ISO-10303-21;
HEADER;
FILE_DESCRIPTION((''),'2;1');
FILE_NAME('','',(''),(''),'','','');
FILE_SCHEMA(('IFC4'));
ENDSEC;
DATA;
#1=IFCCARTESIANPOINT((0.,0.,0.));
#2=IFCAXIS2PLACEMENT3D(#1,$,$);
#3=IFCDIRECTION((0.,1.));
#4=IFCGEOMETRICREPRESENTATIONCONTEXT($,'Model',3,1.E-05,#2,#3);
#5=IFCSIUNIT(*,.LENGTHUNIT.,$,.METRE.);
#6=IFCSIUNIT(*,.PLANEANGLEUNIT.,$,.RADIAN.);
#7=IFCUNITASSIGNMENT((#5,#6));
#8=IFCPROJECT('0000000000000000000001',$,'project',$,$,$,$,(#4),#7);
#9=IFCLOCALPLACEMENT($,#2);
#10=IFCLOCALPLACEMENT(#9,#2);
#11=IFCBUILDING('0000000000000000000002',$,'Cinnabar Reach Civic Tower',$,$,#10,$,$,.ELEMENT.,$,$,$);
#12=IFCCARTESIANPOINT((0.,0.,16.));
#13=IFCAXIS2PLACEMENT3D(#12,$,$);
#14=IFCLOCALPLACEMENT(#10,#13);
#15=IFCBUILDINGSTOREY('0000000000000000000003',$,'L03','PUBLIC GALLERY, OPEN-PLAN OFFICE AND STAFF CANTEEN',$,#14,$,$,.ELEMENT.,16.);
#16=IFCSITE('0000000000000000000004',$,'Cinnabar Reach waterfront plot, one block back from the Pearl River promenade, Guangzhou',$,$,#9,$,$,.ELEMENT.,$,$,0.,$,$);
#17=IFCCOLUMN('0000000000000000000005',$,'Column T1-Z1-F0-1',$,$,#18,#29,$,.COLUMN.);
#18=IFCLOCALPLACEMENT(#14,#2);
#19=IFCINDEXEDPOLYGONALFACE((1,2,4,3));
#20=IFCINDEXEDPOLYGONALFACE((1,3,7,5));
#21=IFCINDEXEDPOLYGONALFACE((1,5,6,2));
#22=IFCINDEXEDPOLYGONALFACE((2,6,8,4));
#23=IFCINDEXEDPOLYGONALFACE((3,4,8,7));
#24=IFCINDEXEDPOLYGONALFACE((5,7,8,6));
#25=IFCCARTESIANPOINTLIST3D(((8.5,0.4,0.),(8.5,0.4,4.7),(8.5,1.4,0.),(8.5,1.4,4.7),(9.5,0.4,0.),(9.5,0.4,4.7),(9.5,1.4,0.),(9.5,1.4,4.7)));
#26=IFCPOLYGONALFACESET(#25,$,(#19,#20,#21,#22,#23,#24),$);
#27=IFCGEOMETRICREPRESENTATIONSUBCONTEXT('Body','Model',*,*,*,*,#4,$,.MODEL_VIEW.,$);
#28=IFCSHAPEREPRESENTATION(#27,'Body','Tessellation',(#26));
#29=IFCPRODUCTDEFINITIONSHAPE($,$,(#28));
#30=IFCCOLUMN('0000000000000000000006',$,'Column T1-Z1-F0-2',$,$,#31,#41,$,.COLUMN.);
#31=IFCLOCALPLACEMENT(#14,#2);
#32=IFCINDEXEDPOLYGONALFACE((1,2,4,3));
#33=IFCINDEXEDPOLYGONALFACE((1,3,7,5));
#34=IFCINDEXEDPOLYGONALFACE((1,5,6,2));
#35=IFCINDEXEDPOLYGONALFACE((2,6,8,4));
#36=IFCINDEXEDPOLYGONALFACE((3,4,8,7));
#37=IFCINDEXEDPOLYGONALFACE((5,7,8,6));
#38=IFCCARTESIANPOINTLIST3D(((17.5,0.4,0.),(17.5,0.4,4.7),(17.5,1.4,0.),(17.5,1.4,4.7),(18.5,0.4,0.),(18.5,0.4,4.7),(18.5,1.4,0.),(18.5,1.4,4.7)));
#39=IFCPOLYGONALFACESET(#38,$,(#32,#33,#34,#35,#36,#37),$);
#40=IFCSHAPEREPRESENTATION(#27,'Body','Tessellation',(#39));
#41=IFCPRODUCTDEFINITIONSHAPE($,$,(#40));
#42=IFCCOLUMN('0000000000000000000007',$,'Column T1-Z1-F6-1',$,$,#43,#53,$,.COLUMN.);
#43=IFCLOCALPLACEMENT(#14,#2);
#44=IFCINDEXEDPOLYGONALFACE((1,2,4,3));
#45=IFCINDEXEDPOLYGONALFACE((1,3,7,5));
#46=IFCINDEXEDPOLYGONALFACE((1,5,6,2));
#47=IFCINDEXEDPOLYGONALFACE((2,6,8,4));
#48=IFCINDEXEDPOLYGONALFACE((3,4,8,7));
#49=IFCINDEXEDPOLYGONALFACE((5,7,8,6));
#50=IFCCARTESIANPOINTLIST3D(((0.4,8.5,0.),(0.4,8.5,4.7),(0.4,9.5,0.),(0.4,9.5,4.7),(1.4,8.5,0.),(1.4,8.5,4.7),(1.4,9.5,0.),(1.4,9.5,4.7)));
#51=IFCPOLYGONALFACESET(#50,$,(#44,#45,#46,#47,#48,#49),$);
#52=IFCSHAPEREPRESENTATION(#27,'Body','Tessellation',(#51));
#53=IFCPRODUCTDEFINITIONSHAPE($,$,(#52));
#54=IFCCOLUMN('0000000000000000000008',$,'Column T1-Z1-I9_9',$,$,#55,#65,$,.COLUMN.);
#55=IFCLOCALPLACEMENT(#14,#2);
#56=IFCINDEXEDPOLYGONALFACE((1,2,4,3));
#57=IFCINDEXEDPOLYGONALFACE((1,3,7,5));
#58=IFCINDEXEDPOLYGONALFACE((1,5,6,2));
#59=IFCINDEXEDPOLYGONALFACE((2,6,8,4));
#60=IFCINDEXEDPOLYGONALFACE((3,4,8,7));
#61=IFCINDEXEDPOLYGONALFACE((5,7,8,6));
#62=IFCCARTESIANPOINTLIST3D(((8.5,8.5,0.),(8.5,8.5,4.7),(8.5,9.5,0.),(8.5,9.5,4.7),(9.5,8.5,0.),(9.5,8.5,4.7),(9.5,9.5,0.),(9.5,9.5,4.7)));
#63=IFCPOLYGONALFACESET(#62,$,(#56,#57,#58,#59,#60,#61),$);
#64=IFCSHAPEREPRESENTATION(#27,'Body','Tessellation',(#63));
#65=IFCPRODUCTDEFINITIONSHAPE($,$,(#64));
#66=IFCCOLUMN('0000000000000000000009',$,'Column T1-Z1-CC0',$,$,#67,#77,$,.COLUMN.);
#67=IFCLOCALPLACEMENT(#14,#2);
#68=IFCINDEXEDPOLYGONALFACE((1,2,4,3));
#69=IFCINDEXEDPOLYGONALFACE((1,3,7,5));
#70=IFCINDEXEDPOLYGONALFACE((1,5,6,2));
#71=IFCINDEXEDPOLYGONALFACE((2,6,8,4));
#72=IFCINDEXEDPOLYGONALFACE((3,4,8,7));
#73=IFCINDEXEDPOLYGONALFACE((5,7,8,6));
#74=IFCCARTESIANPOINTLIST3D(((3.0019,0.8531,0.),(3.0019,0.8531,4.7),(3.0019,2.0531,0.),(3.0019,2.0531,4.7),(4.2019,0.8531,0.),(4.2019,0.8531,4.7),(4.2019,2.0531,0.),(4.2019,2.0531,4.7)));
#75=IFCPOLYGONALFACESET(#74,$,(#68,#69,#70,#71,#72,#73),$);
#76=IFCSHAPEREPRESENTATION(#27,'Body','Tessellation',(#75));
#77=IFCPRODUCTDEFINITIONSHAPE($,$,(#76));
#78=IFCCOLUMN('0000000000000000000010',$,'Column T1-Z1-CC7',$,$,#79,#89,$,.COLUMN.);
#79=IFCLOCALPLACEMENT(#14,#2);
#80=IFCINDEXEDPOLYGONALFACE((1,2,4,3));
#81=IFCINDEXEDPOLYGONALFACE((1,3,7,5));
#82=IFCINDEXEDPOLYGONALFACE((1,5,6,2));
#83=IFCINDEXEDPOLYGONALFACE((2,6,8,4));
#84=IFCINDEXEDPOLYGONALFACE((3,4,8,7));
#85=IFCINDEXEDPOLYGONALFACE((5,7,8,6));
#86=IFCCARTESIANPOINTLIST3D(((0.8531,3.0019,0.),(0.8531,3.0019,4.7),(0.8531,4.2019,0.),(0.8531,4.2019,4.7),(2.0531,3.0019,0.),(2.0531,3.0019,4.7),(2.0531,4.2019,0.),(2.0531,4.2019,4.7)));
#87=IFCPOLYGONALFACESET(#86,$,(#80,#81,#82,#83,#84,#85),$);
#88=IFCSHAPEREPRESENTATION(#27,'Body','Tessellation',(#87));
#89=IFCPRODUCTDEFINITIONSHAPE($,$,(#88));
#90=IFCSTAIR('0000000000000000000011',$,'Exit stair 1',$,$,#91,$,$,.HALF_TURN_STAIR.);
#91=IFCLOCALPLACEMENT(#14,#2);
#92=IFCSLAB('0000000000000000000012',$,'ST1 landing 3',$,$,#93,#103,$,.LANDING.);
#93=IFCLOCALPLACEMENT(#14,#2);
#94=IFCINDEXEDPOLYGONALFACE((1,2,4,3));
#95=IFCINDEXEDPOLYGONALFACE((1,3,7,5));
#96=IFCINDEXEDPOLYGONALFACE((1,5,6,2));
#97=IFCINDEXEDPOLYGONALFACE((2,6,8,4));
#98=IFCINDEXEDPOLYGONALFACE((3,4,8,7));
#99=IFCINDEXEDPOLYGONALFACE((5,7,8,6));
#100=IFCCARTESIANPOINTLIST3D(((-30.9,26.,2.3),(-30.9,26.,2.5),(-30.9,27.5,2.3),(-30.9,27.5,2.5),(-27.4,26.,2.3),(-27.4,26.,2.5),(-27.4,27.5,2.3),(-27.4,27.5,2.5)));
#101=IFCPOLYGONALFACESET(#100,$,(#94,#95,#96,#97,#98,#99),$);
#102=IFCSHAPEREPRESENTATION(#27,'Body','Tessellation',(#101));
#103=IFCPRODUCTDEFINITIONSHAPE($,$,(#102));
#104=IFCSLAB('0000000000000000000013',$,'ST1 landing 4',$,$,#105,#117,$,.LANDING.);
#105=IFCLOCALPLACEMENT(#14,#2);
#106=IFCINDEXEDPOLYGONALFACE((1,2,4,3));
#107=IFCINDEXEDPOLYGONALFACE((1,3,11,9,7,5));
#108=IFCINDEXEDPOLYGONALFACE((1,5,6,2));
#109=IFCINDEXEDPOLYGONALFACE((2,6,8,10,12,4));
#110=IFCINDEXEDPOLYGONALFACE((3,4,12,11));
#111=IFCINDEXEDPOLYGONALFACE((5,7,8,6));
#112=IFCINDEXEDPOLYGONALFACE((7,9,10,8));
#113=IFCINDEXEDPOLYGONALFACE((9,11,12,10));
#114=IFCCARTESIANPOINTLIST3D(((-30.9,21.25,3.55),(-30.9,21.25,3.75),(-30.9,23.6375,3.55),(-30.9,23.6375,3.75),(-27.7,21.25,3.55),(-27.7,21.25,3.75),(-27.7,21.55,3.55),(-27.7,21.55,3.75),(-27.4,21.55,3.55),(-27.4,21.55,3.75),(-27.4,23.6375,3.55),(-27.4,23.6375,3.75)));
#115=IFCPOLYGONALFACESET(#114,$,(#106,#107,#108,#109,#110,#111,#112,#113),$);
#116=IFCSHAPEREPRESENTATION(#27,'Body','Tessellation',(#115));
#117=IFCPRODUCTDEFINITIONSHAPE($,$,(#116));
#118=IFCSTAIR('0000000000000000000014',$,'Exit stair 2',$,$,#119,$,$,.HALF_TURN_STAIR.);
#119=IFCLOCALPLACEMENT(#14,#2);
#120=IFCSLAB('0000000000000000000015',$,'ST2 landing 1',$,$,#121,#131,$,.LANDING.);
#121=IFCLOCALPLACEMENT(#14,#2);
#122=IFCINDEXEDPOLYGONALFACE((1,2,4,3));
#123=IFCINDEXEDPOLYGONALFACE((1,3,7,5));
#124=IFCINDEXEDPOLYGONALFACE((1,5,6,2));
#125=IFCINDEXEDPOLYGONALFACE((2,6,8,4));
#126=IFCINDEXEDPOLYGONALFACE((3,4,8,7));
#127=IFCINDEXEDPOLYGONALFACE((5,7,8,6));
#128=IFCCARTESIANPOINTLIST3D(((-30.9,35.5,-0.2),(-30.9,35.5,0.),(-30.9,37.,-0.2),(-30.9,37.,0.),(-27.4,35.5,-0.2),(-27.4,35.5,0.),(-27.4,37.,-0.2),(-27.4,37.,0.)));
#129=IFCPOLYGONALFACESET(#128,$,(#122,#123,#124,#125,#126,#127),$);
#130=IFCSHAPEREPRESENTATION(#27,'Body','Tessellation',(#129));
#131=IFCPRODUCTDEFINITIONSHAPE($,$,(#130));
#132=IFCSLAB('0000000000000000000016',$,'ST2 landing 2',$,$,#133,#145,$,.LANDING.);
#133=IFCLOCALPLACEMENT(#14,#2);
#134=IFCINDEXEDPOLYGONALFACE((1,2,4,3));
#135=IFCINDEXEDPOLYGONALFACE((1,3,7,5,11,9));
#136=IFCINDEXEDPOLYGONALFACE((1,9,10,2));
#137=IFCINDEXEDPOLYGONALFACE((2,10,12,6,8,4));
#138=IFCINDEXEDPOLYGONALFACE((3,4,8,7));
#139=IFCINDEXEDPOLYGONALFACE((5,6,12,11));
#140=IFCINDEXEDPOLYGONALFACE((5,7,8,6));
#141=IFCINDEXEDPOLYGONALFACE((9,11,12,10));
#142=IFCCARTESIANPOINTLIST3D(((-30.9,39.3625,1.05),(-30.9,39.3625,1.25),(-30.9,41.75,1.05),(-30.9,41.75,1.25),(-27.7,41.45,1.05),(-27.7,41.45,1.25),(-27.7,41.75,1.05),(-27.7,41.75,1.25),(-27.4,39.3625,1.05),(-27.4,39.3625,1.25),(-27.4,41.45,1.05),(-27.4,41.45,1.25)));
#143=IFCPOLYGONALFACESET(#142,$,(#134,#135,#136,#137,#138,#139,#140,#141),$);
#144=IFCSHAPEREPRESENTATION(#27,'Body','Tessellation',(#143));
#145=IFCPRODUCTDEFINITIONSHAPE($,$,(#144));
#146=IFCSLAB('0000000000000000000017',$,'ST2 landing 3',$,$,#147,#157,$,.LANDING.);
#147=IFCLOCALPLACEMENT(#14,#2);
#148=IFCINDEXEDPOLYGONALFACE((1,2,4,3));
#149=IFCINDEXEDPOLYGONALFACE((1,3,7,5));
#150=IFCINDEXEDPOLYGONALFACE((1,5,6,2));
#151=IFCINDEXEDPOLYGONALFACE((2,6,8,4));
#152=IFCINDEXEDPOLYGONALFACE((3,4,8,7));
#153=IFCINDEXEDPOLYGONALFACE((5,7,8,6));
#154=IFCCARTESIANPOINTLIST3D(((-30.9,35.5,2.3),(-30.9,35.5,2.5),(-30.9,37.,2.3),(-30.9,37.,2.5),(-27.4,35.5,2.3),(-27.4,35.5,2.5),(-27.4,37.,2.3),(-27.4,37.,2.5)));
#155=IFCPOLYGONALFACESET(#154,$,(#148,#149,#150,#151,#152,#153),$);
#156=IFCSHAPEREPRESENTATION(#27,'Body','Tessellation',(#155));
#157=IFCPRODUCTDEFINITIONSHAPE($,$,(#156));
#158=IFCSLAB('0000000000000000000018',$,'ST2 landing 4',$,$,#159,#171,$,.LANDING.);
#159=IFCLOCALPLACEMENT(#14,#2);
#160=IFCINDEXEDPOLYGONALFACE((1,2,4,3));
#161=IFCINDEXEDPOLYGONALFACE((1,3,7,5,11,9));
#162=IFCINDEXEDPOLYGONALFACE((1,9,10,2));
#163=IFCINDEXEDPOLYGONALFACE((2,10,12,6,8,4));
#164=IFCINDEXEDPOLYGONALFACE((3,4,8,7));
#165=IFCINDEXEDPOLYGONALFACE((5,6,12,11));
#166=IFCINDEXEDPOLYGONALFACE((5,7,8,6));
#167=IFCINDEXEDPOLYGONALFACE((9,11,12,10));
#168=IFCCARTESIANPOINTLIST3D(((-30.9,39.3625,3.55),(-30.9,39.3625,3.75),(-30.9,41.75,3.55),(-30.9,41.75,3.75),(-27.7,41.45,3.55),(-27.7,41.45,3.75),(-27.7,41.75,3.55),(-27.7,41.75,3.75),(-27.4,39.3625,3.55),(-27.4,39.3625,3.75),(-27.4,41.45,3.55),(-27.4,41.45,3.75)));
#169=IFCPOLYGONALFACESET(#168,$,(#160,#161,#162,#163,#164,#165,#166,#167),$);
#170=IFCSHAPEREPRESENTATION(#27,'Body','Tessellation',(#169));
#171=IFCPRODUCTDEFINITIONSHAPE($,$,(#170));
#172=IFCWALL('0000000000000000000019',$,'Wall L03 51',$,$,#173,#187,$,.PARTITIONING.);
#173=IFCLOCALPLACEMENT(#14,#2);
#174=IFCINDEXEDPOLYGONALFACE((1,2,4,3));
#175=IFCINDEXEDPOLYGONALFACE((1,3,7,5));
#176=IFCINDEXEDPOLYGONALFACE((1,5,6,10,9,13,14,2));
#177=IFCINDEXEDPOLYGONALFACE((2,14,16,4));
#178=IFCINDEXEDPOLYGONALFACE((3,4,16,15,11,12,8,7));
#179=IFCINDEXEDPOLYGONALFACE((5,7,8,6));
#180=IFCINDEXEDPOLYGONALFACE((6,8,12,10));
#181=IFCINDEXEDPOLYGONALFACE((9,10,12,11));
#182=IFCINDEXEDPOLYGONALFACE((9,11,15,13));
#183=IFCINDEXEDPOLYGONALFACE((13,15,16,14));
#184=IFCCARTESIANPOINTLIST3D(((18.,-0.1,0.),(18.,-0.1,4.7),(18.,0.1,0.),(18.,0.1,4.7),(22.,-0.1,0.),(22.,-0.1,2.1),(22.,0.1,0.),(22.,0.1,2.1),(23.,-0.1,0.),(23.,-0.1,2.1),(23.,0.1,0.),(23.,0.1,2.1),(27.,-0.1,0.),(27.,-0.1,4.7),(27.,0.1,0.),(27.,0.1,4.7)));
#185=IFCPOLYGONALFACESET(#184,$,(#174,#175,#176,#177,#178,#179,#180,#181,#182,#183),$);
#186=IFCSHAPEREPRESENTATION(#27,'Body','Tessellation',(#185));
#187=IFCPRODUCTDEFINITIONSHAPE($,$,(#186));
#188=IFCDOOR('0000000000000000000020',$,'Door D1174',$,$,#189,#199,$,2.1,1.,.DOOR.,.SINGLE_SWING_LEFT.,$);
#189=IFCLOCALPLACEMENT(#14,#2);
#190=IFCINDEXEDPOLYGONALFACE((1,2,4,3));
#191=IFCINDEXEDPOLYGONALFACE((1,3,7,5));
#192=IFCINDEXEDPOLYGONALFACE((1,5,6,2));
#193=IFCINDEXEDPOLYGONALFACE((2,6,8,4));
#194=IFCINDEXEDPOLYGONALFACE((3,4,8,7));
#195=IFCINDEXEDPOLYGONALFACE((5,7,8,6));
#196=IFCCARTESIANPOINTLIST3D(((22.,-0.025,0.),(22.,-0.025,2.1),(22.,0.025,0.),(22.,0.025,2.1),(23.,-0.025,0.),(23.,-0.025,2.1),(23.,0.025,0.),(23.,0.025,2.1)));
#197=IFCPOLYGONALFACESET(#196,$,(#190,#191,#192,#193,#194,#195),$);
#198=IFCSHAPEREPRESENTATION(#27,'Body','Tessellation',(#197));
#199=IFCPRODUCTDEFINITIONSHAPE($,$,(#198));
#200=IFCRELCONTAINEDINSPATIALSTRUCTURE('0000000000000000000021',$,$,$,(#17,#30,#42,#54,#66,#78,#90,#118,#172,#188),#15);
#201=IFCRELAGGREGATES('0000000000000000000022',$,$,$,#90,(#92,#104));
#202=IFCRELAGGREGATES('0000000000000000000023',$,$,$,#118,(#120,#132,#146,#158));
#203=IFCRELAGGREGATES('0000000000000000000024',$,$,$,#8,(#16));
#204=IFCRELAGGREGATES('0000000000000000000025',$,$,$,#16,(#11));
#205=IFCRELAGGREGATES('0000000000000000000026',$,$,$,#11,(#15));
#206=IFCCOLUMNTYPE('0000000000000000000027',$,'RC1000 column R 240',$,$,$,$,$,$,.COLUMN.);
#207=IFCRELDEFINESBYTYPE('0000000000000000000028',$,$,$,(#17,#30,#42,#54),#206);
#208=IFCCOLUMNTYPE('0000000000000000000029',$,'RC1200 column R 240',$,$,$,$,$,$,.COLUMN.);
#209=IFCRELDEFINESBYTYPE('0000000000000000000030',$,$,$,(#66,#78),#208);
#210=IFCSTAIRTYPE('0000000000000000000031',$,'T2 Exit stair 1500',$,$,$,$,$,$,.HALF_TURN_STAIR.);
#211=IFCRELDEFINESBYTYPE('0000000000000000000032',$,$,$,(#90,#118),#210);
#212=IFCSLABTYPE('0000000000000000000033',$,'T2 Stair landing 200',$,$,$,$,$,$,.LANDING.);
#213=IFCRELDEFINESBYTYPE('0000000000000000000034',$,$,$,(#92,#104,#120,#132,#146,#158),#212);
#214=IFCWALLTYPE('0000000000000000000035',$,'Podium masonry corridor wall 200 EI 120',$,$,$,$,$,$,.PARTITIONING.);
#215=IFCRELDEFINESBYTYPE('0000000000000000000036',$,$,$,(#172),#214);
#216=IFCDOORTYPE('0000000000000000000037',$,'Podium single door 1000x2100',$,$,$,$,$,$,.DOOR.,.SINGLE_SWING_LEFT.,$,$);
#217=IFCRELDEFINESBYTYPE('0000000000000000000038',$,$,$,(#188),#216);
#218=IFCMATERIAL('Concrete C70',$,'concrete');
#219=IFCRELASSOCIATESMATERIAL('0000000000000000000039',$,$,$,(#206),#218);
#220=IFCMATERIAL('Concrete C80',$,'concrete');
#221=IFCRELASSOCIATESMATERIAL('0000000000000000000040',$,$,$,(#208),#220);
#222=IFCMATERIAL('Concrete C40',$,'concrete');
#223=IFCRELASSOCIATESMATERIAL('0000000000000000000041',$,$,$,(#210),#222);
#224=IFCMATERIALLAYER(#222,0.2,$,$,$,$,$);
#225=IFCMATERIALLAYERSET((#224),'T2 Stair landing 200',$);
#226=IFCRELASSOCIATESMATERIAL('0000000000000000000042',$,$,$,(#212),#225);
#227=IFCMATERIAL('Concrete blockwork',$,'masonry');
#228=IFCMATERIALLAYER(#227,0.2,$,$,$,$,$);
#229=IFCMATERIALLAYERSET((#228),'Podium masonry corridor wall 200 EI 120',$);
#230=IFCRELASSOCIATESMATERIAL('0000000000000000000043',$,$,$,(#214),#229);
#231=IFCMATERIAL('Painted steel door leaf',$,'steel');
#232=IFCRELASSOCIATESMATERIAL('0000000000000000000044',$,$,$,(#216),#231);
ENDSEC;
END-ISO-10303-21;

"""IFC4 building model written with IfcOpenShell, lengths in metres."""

from ifc_helpers import new_model, si_unit, direction, frame, frame_2d, origin, origin_2d, place, context, subcontext, project, spatial, polyline, rectangle, outline, extrude, material, layer, layer_set, material_profile, profile_set, type_object, element, fill, aggregate, save


model = new_model("IFC4")

# Units and contexts
model_context = context("Model", 3, precision=1e-05, world=origin(), true_north=direction((0.0, 1.0)))
body_context = subcontext(model_context, "Body", "Model", "MODEL_VIEW")
ifc_project = project(units=[si_unit("LENGTHUNIT", "METRE"), si_unit("PLANEANGLEUNIT", "RADIAN")], contexts=[model_context])

# Site, building, storey
site_placement = place(None, origin())
site = spatial("IfcSite", under=ifc_project, at=site_placement, Name="Cinnabar Reach waterfront plot, one block back from the Pearl River promenade, Guangzhou", CompositionType="ELEMENT", RefElevation=0.0)
building_placement = place(site_placement, origin())
building = spatial("IfcBuilding", under=site, at=building_placement, Name="Cinnabar Reach Civic Tower", CompositionType="ELEMENT")
storey_placement = place(building_placement, frame((0.0, 0.0, 16.0)))
storey = spatial("IfcBuildingStorey", under=building, at=storey_placement, Name="L03", Description="PUBLIC GALLERY, OPEN-PLAN OFFICE AND STAFF CANTEEN", CompositionType="ELEMENT", Elevation=16.0)

# Columns
ifc_material_1 = material(Name="Concrete C70", Category="concrete")
ifc_material_profile_1 = material_profile(ifc_material_1, rectangle(XDim=1.0, YDim=1.0, at=origin_2d()), Name="RC1000")
ifc_profile_set_1 = profile_set([ifc_material_profile_1], Name="Concrete C70")
column_type_1 = type_object("IfcColumnType", Name="RC1000 column R 240", PredefinedType="COLUMN", material=ifc_profile_set_1)
for number, where, z_axis, x_axis, name in (
    (1, (9.0, 0.9, 0.0), (0.0, 0.0, 1.0), (1.0, 0.0, 0.0), "Column T1-Z1-F0-1"),
    (2, (18.0, 0.9, 0.0), (0.0, 0.0, 1.0), (1.0, 0.0, 0.0), "Column T1-Z1-F0-2"),
    (3, (0.9, 9.0, 0.0), (0.0, 0.0, 1.0), (1.0, 0.0, 0.0), "Column T1-Z1-F6-1"),
    (4, (9.0, 9.0, 0.0), (0.0, 0.0, 1.0), (1.0, 0.0, 0.0), "Column T1-Z1-I9_9"),
):
    element("IfcColumn", number, at=place(storey_placement, frame(where, z_axis=z_axis, x_axis=x_axis)), inside=storey, type_object=column_type_1, Name=name, PredefinedType="COLUMN", context=body_context, shape_type="SweptSolid", body=[
        extrude(rectangle(XDim=1.0, YDim=1.0, at=origin_2d()), origin(), (0.0, 0.0, 1.0), 4.7),
    ])
ifc_material_2 = material(Name="Concrete C80", Category="concrete")
ifc_material_profile_2 = material_profile(ifc_material_2, rectangle(XDim=1.2, YDim=1.2, at=origin_2d()), Name="RC1200")
ifc_profile_set_2 = profile_set([ifc_material_profile_2], Name="Concrete C80")
column_type_2 = type_object("IfcColumnType", Name="RC1200 column R 240", PredefinedType="COLUMN", material=ifc_profile_set_2)
for number, where, z_axis, x_axis, name in (
    (5, (3.6019, 1.4531, 0.0), (0.0, 0.0, 1.0), (1.0, 0.0, 0.0), "Column T1-Z1-CC0"),
    (6, (1.4531, 3.6019, 0.0), (0.0, 0.0, 1.0), (1.0, 0.0, 0.0), "Column T1-Z1-CC7"),
):
    element("IfcColumn", number, at=place(storey_placement, frame(where, z_axis=z_axis, x_axis=x_axis)), inside=storey, type_object=column_type_2, Name=name, PredefinedType="COLUMN", context=body_context, shape_type="SweptSolid", body=[
        extrude(rectangle(XDim=1.2, YDim=1.2, at=origin_2d()), origin(), (0.0, 0.0, 1.0), 4.7),
    ])

# Stairs, slabs
ifc_material_3 = material(Name="Concrete C40", Category="concrete")
stair_type = type_object("IfcStairType", Name="T2 Exit stair 1500", PredefinedType="HALF_TURN_STAIR", material=ifc_material_3)
stair_1_placement = place(storey_placement, origin())
stair_1 = element("IfcStair", 7, at=stair_1_placement, inside=storey, type_object=stair_type, Name="Exit stair 1", PredefinedType="HALF_TURN_STAIR")
ifc_layer_1 = layer(ifc_material_3, 0.2)
ifc_layer_set_1 = layer_set([ifc_layer_1], Name="T2 Stair landing 200")
slab_type = type_object("IfcSlabType", Name="T2 Stair landing 200", PredefinedType="LANDING", material=ifc_layer_set_1)
slab_1_placement = place(storey_placement, frame((0.0, 0.0, 2.3)))
slab_1 = element("IfcSlab", 8, at=slab_1_placement, type_object=slab_type, Name="ST1 landing 3", PredefinedType="LANDING", context=body_context, shape_type="SweptSolid", body=[
    extrude(outline(polyline([(-30.9, 26.0), (-30.9, 27.5), (-27.4, 27.5), (-27.4, 26.0), (-30.9, 26.0)])), origin(), (0.0, 0.0, 1.0), 0.2),
])
slab_2_placement = place(storey_placement, frame((0.0, 0.0, 3.55)))
slab_2 = element("IfcSlab", 9, at=slab_2_placement, type_object=slab_type, Name="ST1 landing 4", PredefinedType="LANDING", context=body_context, shape_type="SweptSolid", body=[
    extrude(outline(polyline([(-30.9, 21.25), (-30.9, 23.6375), (-27.4, 23.6375), (-27.4, 21.55), (-27.7, 21.55), (-27.7, 21.25), (-30.9, 21.25)])), origin(), (0.0, 0.0, 1.0), 0.2),
])
aggregate(stair_1, [slab_1, slab_2])
stair_2_placement = place(storey_placement, origin())
stair_2 = element("IfcStair", 10, at=stair_2_placement, inside=storey, type_object=stair_type, Name="Exit stair 2", PredefinedType="HALF_TURN_STAIR")
slab_3_placement = place(storey_placement, frame((0.0, 0.0, -0.2)))
slab_3 = element("IfcSlab", 11, at=slab_3_placement, type_object=slab_type, Name="ST2 landing 1", PredefinedType="LANDING", context=body_context, shape_type="SweptSolid", body=[
    extrude(outline(polyline([(-30.9, 35.5), (-30.9, 37.0), (-27.4, 37.0), (-27.4, 35.5), (-30.9, 35.5)])), origin(), (0.0, 0.0, 1.0), 0.2),
])
slab_4_placement = place(storey_placement, frame((0.0, 0.0, 1.05)))
slab_4 = element("IfcSlab", 12, at=slab_4_placement, type_object=slab_type, Name="ST2 landing 2", PredefinedType="LANDING", context=body_context, shape_type="SweptSolid", body=[
    extrude(outline(polyline([(-27.4, 39.3625), (-30.9, 39.3625), (-30.9, 41.75), (-27.7, 41.75), (-27.7, 41.45), (-27.4, 41.45), (-27.4, 39.3625)])), origin(), (0.0, 0.0, 1.0), 0.2),
])
slab_5_placement = place(storey_placement, frame((0.0, 0.0, 2.3)))
slab_5 = element("IfcSlab", 13, at=slab_5_placement, type_object=slab_type, Name="ST2 landing 3", PredefinedType="LANDING", context=body_context, shape_type="SweptSolid", body=[
    extrude(outline(polyline([(-30.9, 35.5), (-30.9, 37.0), (-27.4, 37.0), (-27.4, 35.5), (-30.9, 35.5)])), origin(), (0.0, 0.0, 1.0), 0.2),
])
slab_6_placement = place(storey_placement, frame((0.0, 0.0, 3.55)))
slab_6 = element("IfcSlab", 14, at=slab_6_placement, type_object=slab_type, Name="ST2 landing 4", PredefinedType="LANDING", context=body_context, shape_type="SweptSolid", body=[
    extrude(outline(polyline([(-27.4, 39.3625), (-30.9, 39.3625), (-30.9, 41.75), (-27.7, 41.75), (-27.7, 41.45), (-27.4, 41.45), (-27.4, 39.3625)])), origin(), (0.0, 0.0, 1.0), 0.2),
])
aggregate(stair_2, [slab_3, slab_4, slab_5, slab_6])

# Wall, opening, door
ifc_material_4 = material(Name="Concrete blockwork", Category="masonry")
ifc_layer_2 = layer(ifc_material_4, 0.2)
ifc_layer_set_2 = layer_set([ifc_layer_2], Name="Podium masonry corridor wall 200 EI 120")
wall_type_1 = type_object("IfcWallType", Name="Podium masonry corridor wall 200 EI 120", PredefinedType="PARTITIONING", material=ifc_layer_set_2)
wall_1_placement = place(storey_placement, frame((18.0, 0.0, 0.0), z_axis=(0.0, 0.0, 1.0), x_axis=(1.0, 0.0, 0.0)))
wall_1 = element("IfcWall", 15, at=wall_1_placement, inside=storey, type_object=wall_type_1, Name="Wall L03 51", PredefinedType="PARTITIONING", context=body_context, shape_type="SweptSolid", body=[
    extrude(rectangle(XDim=9.0, YDim=0.2, at=frame_2d((4.5, 0.0))), origin(), (0.0, 0.0, 1.0), 4.7),
])
opening_1_placement = place(wall_1_placement, frame((4.0, 0.0, 0.0)))
opening_1 = element("IfcOpeningElement", 16, at=opening_1_placement, cuts=wall_1, PredefinedType="OPENING", context=body_context, shape_type="SweptSolid", body=[
    extrude(rectangle(XDim=1.0, YDim=2.1, at=frame_2d((0.5, 1.05))), frame((0.0, 0.11, 0.0), z_axis=(0.0, -1.0, 0.0), x_axis=(1.0, 0.0, 0.0)), (0.0, 0.0, 1.0), 0.22),
])
ifc_material_5 = material(Name="Painted steel door leaf", Category="steel")
door_type_1 = type_object("IfcDoorType", Name="Podium single door 1000x2100", OperationType="SINGLE_SWING_LEFT", PredefinedType="DOOR", material=ifc_material_5)
door_1_placement = place(opening_1_placement, frame((1.0, 0.0, 0.0), z_axis=(0.0, 0.0, 1.0), x_axis=(-1.0, 0.0, 0.0)))
door_1 = element("IfcDoor", 17, at=door_1_placement, inside=storey, type_object=door_type_1, Name="Door D1174", OperationType="SINGLE_SWING_LEFT", OverallHeight=2.1, OverallWidth=1.0, PredefinedType="DOOR", context=body_context, shape_type="SweptSolid", body=[
    extrude(rectangle(XDim=1.0, YDim=2.1, at=frame_2d((0.5, 1.05))), frame((0.0, 0.025, 0.0), z_axis=(0.0, -1.0, 0.0), x_axis=(1.0, 0.0, 0.0)), (0.0, 0.0, 1.0), 0.05),
])
fill(opening_1, door_1)

save(model, "model.ifc")
